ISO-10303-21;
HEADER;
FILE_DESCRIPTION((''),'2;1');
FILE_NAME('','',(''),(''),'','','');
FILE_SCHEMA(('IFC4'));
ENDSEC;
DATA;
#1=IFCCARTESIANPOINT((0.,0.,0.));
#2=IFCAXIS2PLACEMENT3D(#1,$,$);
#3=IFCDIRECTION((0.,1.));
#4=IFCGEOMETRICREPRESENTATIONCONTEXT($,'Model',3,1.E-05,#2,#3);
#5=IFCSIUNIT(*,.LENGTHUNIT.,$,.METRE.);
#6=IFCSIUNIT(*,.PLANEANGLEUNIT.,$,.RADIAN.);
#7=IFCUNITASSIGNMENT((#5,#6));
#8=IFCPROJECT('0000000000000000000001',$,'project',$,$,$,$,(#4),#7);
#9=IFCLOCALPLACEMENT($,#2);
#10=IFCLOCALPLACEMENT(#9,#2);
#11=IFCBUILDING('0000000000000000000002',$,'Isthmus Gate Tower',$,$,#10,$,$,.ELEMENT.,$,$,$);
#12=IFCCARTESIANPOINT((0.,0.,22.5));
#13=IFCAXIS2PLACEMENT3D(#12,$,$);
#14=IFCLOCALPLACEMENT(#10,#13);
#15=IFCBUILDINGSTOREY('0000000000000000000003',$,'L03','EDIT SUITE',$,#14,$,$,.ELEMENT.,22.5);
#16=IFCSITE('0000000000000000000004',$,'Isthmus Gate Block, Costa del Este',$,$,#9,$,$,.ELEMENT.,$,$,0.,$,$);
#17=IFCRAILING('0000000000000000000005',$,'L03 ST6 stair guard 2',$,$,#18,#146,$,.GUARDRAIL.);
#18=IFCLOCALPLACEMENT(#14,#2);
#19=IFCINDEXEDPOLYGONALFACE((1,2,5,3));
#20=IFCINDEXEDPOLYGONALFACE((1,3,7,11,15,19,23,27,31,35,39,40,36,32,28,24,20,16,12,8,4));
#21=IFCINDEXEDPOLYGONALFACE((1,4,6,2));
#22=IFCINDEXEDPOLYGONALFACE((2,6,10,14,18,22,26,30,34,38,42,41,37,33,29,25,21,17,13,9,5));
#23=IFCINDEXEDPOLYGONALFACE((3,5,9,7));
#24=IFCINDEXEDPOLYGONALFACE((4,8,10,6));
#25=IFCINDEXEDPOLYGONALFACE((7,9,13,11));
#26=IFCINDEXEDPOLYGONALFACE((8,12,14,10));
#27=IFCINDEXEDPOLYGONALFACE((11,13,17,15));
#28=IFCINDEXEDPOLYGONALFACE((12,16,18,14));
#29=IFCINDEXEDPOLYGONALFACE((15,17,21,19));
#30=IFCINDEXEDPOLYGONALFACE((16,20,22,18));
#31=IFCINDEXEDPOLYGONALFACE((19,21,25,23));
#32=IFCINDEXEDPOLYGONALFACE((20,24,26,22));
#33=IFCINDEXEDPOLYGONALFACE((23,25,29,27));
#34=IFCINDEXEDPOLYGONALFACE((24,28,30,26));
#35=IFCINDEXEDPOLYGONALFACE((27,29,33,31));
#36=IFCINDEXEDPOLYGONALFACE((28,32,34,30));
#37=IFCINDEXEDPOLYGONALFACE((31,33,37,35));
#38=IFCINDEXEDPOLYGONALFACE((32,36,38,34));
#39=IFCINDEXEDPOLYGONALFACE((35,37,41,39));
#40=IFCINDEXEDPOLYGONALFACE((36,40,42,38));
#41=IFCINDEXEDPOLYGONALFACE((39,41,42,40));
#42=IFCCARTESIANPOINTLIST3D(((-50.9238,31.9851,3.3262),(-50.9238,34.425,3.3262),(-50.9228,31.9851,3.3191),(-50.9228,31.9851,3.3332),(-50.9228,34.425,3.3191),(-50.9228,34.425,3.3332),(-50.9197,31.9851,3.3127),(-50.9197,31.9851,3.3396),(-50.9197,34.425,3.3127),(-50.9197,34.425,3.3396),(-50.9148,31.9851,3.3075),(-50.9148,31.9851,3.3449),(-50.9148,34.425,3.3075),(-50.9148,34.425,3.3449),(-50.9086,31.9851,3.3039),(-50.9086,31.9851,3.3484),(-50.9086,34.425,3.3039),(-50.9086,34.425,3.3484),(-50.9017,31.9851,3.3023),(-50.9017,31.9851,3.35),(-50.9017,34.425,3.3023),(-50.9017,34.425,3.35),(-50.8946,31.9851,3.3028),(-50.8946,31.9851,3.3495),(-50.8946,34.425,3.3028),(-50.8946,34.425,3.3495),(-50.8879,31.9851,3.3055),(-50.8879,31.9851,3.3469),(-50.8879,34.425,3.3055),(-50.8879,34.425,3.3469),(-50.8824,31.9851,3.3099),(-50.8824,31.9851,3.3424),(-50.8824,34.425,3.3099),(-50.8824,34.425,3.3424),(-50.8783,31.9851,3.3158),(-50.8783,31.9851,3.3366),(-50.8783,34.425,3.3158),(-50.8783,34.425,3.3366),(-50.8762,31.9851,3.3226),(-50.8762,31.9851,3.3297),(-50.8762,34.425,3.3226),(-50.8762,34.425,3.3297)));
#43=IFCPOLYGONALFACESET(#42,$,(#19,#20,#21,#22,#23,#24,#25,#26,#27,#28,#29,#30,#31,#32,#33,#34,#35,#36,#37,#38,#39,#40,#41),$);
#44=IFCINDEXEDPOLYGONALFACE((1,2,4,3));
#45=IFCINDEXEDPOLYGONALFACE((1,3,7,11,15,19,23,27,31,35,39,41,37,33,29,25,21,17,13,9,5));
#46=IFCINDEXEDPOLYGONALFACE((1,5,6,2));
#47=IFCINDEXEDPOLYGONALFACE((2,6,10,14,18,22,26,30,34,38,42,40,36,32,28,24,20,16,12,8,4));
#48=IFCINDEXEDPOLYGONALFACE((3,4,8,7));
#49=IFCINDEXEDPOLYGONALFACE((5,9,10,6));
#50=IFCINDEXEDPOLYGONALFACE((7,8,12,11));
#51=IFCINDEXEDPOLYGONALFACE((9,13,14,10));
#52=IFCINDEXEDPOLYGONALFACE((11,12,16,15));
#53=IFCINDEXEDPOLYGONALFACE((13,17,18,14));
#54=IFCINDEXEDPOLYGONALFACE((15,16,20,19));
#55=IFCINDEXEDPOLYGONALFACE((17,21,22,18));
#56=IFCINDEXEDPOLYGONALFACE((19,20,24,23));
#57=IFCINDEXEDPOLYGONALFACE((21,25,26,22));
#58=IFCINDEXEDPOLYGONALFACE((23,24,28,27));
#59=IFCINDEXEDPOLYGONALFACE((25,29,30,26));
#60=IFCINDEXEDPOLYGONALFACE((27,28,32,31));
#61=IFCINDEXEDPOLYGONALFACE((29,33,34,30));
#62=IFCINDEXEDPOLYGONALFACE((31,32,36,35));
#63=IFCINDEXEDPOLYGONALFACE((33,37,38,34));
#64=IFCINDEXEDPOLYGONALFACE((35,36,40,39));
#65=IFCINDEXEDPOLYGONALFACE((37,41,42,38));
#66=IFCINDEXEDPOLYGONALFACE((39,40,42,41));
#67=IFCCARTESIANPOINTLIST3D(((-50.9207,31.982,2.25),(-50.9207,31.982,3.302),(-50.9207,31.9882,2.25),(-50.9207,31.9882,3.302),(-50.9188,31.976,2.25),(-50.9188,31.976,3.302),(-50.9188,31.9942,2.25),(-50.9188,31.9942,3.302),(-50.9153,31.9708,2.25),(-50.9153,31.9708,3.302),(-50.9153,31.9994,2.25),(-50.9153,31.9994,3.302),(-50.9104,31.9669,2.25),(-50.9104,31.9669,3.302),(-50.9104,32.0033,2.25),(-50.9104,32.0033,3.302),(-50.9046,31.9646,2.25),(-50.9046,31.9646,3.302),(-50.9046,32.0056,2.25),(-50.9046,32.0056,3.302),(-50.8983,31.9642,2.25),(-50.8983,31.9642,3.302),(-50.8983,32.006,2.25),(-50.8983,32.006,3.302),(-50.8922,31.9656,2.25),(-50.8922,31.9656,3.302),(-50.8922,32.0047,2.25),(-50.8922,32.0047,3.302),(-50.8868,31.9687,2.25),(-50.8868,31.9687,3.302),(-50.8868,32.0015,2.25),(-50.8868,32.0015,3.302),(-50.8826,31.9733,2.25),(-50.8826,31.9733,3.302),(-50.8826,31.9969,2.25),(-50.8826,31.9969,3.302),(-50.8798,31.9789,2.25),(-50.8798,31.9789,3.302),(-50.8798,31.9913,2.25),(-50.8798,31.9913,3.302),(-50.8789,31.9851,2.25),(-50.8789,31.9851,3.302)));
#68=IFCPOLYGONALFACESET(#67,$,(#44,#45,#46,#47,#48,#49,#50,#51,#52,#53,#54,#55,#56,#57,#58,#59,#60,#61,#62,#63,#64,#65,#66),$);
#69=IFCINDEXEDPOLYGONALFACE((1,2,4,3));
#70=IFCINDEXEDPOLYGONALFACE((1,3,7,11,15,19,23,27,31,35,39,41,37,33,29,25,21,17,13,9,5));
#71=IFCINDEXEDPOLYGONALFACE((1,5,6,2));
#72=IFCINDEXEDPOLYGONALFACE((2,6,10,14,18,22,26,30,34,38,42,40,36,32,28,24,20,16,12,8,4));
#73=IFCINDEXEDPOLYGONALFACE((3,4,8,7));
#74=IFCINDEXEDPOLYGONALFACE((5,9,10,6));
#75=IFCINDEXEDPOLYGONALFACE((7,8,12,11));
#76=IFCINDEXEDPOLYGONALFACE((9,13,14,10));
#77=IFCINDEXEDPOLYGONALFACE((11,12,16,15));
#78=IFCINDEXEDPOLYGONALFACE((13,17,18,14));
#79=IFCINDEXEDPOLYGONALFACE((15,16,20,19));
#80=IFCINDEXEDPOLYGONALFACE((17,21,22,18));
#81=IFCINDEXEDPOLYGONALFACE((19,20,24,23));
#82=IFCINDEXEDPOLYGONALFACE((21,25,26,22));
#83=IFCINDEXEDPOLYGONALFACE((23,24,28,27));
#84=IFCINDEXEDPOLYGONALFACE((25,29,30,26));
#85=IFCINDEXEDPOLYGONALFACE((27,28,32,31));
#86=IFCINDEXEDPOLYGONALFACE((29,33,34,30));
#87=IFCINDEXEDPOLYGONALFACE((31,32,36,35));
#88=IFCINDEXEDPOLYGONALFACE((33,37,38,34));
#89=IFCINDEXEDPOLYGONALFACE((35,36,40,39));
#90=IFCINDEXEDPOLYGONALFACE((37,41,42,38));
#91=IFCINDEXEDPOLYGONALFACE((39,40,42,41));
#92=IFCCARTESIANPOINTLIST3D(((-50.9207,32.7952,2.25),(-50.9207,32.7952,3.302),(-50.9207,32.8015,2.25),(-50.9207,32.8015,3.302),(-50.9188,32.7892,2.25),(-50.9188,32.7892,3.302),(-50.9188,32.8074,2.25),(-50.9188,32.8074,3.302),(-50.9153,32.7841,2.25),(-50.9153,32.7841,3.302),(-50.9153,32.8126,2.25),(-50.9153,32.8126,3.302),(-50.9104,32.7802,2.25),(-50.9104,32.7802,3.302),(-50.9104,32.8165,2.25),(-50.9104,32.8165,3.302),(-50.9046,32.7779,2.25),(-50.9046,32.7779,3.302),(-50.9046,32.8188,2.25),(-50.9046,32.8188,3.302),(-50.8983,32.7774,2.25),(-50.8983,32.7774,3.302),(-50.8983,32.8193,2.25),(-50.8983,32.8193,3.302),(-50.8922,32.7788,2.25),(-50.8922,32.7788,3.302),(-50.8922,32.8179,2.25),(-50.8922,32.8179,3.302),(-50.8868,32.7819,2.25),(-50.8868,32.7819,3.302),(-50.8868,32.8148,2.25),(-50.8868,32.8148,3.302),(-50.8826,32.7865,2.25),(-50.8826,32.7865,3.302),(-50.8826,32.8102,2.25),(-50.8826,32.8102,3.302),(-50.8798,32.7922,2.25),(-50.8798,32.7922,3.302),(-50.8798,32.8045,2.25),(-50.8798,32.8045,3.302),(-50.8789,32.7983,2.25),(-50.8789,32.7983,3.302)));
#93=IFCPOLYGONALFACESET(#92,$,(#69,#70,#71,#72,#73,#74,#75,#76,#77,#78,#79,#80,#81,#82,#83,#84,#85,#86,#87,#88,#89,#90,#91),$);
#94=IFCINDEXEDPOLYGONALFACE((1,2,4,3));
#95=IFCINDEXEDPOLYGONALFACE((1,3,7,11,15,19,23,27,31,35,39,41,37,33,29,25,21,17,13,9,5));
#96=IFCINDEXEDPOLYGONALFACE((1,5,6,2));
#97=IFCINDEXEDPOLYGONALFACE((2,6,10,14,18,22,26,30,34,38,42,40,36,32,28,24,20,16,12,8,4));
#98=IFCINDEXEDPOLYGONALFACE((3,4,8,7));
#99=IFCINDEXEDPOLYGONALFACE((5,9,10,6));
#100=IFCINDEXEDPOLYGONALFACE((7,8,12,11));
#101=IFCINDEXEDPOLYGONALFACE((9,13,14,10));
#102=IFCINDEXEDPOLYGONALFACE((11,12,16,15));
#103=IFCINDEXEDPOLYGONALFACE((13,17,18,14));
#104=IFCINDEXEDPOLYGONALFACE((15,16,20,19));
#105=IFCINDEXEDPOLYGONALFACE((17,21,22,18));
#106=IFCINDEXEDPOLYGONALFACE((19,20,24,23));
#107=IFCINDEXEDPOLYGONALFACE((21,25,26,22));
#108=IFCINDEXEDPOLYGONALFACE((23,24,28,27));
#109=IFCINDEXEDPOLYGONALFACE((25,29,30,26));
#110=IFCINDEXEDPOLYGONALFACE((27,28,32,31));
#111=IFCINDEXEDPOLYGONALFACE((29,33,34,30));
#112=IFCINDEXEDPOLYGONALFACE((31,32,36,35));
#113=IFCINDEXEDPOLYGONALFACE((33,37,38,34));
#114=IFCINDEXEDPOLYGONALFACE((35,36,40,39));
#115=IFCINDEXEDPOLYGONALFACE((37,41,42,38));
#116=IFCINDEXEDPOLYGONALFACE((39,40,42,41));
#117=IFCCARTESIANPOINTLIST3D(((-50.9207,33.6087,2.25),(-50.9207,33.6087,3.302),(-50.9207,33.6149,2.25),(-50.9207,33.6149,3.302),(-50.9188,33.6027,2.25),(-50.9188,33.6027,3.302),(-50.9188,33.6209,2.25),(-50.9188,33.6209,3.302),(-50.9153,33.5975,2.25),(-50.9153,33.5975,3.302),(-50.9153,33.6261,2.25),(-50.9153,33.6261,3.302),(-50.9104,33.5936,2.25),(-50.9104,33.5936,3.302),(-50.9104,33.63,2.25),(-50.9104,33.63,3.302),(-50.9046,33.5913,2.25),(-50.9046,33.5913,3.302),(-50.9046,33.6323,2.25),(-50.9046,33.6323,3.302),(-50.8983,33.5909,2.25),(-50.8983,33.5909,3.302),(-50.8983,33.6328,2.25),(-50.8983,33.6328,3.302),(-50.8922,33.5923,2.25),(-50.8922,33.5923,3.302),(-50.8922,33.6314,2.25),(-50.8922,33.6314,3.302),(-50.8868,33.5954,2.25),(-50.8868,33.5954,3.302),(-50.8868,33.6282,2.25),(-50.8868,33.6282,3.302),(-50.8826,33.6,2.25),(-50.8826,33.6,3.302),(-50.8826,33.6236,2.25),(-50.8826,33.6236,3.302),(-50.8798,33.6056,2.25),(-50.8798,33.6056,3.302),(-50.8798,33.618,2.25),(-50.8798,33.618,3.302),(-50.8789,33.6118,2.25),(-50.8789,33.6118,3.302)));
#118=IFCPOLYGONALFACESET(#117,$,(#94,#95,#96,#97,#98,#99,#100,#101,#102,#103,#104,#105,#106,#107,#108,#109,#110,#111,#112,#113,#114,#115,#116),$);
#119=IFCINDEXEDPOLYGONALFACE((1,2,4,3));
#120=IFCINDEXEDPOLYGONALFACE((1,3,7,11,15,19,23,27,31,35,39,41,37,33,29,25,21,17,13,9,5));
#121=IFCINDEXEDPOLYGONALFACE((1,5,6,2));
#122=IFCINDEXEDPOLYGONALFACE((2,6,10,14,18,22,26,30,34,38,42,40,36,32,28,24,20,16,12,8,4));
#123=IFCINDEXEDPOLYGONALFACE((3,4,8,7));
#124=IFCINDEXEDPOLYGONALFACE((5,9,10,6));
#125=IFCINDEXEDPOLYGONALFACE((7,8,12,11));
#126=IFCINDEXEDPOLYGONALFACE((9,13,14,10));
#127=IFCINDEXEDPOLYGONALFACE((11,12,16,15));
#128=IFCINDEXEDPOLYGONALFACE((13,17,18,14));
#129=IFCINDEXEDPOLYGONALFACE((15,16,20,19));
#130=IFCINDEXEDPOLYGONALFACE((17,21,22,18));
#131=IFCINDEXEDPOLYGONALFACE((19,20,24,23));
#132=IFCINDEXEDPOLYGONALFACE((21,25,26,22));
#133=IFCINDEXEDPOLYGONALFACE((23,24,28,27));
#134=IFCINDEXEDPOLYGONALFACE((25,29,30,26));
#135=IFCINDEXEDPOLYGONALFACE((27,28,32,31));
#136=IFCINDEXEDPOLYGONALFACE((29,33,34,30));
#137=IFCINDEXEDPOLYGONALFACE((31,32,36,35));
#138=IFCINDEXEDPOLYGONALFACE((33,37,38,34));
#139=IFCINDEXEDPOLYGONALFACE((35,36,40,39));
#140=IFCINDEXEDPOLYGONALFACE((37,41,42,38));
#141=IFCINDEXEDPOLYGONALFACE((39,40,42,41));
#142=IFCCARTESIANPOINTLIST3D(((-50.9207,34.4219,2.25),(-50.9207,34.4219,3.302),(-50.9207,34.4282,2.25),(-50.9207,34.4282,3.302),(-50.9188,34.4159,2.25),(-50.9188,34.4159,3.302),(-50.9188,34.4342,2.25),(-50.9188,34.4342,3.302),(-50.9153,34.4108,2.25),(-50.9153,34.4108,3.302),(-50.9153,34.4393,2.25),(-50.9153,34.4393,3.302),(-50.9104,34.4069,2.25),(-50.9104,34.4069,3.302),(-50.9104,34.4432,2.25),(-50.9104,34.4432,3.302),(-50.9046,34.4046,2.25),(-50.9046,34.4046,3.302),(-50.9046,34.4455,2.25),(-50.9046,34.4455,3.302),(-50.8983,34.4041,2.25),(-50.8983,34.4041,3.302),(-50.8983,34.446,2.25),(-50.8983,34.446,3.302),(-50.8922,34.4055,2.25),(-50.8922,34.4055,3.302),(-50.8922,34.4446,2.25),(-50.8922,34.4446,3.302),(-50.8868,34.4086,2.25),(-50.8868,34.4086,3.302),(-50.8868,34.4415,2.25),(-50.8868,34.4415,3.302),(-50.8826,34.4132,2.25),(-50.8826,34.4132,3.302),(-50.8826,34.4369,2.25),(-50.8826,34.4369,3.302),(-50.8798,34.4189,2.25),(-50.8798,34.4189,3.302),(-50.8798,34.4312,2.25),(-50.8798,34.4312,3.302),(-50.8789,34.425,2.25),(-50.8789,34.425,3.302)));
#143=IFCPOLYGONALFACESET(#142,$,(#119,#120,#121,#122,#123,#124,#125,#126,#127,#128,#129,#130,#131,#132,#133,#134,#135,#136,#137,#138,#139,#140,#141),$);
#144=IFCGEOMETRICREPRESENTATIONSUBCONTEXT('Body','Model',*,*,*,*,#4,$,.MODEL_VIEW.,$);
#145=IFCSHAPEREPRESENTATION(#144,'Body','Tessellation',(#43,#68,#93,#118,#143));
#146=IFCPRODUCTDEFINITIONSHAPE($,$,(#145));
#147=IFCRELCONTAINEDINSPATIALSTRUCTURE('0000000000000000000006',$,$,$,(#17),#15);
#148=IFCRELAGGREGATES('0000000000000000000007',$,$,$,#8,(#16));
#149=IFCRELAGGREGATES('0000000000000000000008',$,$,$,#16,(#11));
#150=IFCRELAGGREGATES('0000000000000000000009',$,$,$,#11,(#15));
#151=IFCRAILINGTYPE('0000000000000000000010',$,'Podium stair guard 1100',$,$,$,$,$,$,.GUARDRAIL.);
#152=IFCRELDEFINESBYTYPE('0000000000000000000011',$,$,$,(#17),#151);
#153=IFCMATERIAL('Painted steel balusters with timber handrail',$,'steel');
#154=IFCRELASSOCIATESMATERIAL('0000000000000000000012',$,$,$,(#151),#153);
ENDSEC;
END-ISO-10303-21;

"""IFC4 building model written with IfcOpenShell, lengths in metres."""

from ifc_helpers import new_model, si_unit, direction, frame, origin, origin_2d, place, context, subcontext, project, spatial, circle, extrude, material, type_object, element, save


model = new_model("IFC4")

# Units and contexts
model_context = context("Model", 3, precision=1e-05, world=origin(), true_north=direction((0.0, 1.0)))
body_context = subcontext(model_context, "Body", "Model", "MODEL_VIEW")
ifc_project = project(units=[si_unit("LENGTHUNIT", "METRE"), si_unit("PLANEANGLEUNIT", "RADIAN")], contexts=[model_context])

# Site, building, storey
site_placement = place(None, origin())
site = spatial("IfcSite", under=ifc_project, at=site_placement, Name="Isthmus Gate Block, Costa del Este", CompositionType="ELEMENT", RefElevation=0.0)
building_placement = place(site_placement, origin())
building = spatial("IfcBuilding", under=site, at=building_placement, Name="Isthmus Gate Tower", CompositionType="ELEMENT")
storey_placement = place(building_placement, frame((0.0, 0.0, 22.5)))
storey = spatial("IfcBuildingStorey", under=building, at=storey_placement, Name="L03", Description="EDIT SUITE", CompositionType="ELEMENT", Elevation=22.5)

# Railing
ifc_material_1 = material(Name="Painted steel balusters with timber handrail", Category="steel")
railing_type_1 = type_object("IfcRailingType", Name="Podium stair guard 1100", PredefinedType="GUARDRAIL", material=ifc_material_1)
railing_1_placement = place(storey_placement, frame((-50.8999, 31.9851, 2.25)))
element("IfcRailing", 1, at=railing_1_placement, inside=storey, type_object=railing_type_1, Name="L03 ST6 stair guard 2", PredefinedType="GUARDRAIL", context=body_context, shape_type="SweptSolid", body=[
    extrude(circle(Radius=0.0239, at=origin_2d()), frame((0.0, 0.0, 1.0762), z_axis=(0.0, 1.0, 0.0), x_axis=(-1.0, 0.0, 0.0)), (0.0, 0.0, 1.0), 2.4399),
    extrude(circle(Radius=0.021, at=origin_2d()), origin(), (0.0, 0.0, 1.0), 1.052),
    extrude(circle(Radius=0.021, at=origin_2d()), frame((0.0, 0.8132, 0.0)), (0.0, 0.0, 1.0), 1.052),
    extrude(circle(Radius=0.021, at=origin_2d()), frame((0.0, 1.6267, 0.0)), (0.0, 0.0, 1.0), 1.052),
    extrude(circle(Radius=0.021, at=origin_2d()), frame((0.0, 2.4399, 0.0)), (0.0, 0.0, 1.0), 1.052),
])

save(model, "model.ifc")
